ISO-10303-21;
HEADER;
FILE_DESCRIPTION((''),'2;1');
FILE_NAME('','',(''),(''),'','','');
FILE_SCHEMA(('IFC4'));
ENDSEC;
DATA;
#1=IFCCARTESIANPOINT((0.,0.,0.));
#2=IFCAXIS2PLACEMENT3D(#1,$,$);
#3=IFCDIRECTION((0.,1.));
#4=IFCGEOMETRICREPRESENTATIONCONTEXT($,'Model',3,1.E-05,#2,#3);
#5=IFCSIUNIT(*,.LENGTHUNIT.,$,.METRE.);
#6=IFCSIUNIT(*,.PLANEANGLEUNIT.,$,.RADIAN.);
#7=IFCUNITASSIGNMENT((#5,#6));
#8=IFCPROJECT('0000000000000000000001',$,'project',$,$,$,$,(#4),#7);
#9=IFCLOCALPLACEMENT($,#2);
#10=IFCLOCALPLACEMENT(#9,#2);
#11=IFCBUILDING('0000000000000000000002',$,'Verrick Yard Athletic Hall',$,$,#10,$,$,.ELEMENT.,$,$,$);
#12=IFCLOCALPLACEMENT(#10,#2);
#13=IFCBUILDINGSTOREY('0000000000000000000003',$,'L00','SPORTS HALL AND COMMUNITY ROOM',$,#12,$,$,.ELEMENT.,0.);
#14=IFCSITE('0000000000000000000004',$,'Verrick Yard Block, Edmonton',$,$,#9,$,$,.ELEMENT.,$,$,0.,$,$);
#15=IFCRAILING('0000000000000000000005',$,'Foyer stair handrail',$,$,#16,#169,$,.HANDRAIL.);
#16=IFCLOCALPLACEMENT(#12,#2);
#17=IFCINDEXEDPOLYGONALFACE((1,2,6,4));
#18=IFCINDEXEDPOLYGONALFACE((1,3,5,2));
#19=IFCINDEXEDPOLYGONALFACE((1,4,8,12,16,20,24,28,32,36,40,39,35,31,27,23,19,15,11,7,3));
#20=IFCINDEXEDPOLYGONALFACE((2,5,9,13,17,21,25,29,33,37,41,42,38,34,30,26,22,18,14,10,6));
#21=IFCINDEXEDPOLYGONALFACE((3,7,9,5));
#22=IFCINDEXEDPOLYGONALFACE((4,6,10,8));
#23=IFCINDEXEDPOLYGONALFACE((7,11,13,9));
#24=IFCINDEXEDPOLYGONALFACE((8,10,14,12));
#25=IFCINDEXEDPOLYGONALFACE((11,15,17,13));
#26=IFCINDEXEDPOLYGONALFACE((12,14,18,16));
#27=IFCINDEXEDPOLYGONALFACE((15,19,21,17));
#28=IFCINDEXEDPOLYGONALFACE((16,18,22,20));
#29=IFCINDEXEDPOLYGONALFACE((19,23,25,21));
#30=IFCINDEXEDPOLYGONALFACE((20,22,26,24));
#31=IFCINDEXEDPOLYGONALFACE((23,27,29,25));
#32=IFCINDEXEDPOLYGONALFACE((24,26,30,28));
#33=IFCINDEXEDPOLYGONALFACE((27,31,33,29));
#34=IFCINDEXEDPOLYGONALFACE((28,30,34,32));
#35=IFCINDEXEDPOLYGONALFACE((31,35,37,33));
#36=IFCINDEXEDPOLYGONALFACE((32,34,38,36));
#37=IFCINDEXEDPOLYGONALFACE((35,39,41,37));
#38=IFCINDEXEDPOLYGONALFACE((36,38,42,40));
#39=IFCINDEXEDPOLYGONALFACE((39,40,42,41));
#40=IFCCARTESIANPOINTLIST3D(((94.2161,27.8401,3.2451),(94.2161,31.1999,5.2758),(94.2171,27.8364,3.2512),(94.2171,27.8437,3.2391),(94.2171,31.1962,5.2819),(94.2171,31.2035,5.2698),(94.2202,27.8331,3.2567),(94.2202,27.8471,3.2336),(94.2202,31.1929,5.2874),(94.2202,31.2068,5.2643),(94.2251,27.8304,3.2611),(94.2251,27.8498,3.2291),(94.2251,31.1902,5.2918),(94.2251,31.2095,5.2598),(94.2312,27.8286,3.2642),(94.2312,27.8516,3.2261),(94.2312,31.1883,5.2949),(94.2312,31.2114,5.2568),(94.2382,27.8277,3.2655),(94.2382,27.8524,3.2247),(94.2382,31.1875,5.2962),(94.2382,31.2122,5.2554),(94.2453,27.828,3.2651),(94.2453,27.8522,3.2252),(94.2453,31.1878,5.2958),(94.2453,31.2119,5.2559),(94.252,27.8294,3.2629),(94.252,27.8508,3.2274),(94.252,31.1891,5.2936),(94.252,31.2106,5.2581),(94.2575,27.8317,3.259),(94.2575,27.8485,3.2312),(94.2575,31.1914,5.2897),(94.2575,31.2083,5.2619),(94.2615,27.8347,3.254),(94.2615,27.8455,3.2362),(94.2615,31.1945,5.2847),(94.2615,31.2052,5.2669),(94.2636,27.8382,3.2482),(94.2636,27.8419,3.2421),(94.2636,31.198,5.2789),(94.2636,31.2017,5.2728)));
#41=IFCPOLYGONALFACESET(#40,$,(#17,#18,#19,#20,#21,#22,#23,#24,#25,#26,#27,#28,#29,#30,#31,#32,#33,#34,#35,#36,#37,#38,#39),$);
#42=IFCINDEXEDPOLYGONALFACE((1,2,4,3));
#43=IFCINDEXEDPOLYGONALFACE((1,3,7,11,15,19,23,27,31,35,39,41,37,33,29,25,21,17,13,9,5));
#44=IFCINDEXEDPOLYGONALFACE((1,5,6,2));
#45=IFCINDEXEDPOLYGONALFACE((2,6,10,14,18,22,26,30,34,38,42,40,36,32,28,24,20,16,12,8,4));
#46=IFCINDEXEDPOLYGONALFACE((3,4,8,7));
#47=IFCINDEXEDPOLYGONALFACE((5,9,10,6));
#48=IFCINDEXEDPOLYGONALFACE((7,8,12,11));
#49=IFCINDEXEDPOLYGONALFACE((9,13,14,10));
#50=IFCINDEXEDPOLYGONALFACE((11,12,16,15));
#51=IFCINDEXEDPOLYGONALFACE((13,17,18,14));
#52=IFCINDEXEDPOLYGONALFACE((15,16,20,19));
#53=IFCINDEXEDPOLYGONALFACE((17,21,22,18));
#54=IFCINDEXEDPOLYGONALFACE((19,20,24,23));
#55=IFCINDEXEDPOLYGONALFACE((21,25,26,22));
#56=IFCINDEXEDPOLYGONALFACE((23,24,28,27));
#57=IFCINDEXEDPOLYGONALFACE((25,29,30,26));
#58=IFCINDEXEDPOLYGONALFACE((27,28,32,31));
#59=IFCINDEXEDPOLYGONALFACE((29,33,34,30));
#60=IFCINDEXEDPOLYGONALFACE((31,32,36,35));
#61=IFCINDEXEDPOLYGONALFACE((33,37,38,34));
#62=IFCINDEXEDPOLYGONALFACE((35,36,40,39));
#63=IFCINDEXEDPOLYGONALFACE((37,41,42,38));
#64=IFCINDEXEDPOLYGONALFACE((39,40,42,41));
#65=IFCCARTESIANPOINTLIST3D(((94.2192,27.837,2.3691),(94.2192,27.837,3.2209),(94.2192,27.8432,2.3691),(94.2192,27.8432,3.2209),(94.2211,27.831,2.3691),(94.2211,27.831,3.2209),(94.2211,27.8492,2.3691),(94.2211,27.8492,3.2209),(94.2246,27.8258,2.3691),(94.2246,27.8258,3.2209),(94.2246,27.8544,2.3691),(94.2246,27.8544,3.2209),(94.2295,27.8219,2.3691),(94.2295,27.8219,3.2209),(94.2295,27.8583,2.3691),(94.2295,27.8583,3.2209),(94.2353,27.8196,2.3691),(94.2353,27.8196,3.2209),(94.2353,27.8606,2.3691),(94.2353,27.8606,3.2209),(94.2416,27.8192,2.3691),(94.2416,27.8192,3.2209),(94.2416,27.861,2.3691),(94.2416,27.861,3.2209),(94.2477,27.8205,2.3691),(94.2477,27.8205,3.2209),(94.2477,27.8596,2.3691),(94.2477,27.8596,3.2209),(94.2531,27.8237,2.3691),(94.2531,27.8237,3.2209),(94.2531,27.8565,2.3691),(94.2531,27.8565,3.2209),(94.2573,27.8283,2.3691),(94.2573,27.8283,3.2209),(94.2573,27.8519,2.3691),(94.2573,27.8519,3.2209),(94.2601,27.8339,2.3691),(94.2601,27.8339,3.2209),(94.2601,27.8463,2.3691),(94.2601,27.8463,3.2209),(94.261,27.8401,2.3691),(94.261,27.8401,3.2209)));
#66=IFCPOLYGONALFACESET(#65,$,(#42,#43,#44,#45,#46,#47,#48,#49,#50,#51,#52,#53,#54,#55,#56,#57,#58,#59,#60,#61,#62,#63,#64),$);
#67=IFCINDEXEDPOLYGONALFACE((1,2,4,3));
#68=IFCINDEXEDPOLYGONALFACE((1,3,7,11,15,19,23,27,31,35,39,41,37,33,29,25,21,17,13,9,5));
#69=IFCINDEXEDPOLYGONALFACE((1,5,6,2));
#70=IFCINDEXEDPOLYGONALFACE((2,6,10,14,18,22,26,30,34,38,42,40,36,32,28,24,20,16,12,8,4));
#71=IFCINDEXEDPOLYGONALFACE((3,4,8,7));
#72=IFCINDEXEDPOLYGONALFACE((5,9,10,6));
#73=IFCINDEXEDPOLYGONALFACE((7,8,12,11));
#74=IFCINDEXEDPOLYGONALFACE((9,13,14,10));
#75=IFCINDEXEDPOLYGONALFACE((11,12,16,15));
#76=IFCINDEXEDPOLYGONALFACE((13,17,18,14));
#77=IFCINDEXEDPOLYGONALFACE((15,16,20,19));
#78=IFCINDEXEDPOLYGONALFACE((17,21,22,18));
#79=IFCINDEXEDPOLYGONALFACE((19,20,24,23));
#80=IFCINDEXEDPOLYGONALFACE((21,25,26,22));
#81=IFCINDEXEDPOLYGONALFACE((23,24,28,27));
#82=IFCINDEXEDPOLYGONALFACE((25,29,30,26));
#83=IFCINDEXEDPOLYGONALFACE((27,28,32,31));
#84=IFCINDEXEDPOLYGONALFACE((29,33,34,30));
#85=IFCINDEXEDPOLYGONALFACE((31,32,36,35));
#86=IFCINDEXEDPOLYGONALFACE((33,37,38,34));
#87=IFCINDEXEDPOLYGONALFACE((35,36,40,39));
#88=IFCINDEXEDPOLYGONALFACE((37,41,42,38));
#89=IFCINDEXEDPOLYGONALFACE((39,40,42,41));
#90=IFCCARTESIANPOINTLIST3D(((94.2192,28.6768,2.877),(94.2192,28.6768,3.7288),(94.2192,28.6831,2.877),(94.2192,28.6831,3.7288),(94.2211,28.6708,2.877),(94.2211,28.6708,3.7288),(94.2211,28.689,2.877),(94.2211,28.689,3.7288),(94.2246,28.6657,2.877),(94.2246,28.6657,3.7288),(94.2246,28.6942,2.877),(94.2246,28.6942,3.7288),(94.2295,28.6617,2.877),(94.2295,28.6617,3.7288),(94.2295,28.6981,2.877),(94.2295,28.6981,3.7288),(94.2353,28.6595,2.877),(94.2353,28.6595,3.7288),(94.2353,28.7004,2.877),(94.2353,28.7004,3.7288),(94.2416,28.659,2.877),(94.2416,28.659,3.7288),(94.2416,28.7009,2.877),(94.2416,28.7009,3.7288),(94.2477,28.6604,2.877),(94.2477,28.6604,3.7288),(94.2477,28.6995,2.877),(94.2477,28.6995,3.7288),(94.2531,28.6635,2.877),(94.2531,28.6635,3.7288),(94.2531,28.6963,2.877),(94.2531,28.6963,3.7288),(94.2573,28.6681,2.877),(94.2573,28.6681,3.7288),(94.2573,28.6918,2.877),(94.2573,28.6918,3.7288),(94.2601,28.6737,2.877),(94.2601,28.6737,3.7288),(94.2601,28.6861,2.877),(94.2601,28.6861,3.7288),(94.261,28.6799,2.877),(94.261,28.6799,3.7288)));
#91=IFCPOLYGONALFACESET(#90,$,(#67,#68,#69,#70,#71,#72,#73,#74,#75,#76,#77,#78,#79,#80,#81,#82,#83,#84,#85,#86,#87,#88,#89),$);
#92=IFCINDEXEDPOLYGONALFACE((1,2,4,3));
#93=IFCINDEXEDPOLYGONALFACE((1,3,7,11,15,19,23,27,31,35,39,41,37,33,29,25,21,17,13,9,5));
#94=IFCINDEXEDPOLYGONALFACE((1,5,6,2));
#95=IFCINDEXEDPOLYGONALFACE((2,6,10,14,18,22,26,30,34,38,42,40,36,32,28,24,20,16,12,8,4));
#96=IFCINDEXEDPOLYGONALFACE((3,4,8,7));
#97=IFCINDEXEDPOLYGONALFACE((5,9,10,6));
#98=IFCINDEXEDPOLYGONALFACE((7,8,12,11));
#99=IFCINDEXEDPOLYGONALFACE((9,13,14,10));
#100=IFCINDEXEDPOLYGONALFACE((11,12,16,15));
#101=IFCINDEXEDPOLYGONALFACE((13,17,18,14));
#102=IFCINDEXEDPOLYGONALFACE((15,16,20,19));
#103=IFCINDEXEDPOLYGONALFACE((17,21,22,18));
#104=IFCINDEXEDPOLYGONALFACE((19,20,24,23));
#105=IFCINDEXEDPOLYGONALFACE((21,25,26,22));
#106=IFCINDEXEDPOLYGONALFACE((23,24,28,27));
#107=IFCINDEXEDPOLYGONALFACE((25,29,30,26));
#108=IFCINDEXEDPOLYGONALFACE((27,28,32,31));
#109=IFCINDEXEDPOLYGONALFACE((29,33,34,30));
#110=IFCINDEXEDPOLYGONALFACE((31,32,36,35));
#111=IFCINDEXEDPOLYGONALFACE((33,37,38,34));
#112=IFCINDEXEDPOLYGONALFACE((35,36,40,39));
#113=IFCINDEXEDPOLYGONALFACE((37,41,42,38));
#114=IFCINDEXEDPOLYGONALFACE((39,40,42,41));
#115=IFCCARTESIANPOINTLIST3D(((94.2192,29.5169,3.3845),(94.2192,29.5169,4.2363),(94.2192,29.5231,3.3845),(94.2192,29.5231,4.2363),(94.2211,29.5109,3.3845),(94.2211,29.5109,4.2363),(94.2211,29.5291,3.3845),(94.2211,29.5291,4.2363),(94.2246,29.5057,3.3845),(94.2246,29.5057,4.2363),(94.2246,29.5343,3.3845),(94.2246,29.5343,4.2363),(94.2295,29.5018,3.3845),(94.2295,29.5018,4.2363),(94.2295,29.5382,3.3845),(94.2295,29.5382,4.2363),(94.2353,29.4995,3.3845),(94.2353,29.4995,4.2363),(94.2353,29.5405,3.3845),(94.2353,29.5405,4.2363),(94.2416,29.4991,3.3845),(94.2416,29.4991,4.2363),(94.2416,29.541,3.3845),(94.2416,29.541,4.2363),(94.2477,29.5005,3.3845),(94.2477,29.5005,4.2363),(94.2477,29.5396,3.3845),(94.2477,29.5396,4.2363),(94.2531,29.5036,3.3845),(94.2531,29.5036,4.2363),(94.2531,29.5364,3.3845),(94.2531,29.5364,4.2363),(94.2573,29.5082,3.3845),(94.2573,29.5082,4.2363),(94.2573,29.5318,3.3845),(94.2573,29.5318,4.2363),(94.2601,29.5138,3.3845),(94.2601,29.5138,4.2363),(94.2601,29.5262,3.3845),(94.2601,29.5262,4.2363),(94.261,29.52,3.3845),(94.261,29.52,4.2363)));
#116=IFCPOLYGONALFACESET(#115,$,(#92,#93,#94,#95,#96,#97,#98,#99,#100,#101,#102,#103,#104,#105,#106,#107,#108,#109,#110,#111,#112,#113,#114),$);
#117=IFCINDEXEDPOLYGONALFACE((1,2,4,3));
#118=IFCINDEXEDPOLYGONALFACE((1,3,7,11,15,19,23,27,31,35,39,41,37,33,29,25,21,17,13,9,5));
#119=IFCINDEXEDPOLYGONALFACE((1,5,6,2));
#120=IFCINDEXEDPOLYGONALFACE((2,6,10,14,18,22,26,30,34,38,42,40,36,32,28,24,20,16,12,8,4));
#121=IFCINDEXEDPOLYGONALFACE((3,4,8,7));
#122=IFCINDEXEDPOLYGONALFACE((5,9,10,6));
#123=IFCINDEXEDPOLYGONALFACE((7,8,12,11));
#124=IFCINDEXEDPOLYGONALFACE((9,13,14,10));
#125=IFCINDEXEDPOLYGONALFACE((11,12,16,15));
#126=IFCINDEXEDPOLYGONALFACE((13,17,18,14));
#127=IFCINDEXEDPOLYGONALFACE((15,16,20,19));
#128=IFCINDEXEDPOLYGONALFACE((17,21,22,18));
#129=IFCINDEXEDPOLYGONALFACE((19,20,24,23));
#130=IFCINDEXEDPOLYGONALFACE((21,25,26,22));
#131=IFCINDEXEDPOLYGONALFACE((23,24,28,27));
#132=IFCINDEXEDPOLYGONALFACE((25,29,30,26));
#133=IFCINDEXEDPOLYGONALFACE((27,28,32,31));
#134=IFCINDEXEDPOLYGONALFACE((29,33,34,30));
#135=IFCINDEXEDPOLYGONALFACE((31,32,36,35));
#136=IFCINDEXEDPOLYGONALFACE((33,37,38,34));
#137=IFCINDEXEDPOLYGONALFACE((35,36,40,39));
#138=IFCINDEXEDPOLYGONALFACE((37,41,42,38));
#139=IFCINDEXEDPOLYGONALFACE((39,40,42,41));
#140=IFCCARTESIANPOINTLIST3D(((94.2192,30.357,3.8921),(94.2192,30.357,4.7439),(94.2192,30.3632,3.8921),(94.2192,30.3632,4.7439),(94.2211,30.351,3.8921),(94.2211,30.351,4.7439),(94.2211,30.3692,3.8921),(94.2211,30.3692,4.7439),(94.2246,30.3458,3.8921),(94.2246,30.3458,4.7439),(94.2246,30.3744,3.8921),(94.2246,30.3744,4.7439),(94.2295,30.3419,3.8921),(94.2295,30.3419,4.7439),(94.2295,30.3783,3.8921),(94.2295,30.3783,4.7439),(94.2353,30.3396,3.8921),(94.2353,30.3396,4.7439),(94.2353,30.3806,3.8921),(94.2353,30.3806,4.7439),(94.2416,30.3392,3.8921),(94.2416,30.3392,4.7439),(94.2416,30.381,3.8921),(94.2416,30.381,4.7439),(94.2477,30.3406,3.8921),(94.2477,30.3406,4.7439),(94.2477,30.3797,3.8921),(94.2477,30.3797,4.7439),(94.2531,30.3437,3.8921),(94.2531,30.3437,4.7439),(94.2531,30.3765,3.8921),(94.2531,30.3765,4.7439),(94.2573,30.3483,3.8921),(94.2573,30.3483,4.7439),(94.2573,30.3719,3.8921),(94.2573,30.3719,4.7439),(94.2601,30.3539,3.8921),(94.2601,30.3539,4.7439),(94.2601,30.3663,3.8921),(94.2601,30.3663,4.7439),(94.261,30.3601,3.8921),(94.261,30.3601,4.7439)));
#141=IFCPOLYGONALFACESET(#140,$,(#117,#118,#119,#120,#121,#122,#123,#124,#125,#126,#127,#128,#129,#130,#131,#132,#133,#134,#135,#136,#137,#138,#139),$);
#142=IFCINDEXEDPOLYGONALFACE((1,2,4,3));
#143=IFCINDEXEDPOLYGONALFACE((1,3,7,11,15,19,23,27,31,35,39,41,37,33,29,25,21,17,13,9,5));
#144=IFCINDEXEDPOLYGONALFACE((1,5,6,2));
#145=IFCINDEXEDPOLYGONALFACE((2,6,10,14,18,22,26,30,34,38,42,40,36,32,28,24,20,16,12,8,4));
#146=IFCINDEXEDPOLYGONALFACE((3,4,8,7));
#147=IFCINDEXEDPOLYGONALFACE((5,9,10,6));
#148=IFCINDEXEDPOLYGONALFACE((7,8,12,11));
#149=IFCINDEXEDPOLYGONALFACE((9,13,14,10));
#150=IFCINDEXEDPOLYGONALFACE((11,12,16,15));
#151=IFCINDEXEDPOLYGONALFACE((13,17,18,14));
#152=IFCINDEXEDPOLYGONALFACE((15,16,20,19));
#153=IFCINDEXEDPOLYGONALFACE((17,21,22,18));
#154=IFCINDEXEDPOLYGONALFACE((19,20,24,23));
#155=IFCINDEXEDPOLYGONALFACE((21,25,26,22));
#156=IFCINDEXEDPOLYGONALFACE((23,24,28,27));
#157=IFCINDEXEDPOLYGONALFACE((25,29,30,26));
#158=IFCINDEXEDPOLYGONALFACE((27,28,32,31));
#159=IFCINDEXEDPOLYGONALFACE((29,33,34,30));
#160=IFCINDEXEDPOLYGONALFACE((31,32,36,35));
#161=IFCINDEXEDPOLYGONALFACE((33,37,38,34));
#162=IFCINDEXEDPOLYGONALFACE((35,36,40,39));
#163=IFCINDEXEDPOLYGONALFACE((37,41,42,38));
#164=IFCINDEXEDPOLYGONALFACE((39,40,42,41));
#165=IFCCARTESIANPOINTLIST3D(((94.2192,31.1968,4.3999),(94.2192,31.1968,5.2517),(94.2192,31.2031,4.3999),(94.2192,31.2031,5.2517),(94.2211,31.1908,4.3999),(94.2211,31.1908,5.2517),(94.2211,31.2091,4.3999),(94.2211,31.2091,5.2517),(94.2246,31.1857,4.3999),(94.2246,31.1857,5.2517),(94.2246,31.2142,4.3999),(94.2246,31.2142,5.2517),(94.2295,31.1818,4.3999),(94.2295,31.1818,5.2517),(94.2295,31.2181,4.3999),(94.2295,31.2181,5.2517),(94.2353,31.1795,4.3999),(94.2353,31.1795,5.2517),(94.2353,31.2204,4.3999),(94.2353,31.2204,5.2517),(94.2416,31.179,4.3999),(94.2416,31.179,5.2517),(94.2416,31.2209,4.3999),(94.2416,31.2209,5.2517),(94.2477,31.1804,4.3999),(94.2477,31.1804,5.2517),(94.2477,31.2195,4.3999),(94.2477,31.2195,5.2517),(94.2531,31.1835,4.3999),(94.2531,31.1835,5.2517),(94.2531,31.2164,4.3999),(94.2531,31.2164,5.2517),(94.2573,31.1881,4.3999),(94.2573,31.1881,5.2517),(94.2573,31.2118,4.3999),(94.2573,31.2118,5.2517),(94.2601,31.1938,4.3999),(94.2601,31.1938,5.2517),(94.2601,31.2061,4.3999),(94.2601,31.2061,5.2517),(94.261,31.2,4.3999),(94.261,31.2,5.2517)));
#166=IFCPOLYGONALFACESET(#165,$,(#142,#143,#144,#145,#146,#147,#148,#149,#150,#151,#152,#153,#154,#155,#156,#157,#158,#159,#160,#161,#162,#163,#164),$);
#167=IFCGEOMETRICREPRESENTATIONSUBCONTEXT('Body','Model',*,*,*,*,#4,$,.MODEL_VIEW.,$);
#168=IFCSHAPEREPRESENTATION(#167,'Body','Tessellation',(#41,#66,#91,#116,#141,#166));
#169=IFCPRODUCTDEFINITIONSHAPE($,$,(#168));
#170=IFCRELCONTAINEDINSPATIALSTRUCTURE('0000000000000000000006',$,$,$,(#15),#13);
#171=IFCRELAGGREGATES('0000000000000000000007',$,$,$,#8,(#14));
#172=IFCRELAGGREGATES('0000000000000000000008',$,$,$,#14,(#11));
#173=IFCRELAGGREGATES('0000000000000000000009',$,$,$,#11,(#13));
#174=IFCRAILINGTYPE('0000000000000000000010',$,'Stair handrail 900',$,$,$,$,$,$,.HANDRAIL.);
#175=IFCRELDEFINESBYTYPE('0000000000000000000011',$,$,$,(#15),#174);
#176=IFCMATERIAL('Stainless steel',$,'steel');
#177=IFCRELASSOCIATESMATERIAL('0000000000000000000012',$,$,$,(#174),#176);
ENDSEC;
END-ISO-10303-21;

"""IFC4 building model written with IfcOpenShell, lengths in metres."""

from ifc_helpers import new_model, si_unit, direction, frame, origin, origin_2d, place, context, subcontext, project, spatial, circle, extrude, material, type_object, element, save


model = new_model("IFC4")

# Units and contexts
model_context = context("Model", 3, precision=1e-05, world=origin(), true_north=direction((0.0, 1.0)))
body_context = subcontext(model_context, "Body", "Model", "MODEL_VIEW")
ifc_project = project(units=[si_unit("LENGTHUNIT", "METRE"), si_unit("PLANEANGLEUNIT", "RADIAN")], contexts=[model_context])

# Site, building, storey
site_placement = place(None, origin())
site = spatial("IfcSite", under=ifc_project, at=site_placement, Name="Verrick Yard Block, Edmonton", CompositionType="ELEMENT", RefElevation=0.0)
building_placement = place(site_placement, origin())
building = spatial("IfcBuilding", under=site, at=building_placement, Name="Verrick Yard Athletic Hall", CompositionType="ELEMENT")
storey_placement = place(building_placement, origin())
storey = spatial("IfcBuildingStorey", under=building, at=storey_placement, Name="L00", Description="SPORTS HALL AND COMMUNITY ROOM", CompositionType="ELEMENT", Elevation=0.0)

# Railing
ifc_material_1 = material(Name="Stainless steel", Category="steel")
railing_type_1 = type_object("IfcRailingType", Name="Stair handrail 900", PredefinedType="HANDRAIL", material=ifc_material_1)
for number, where, name in (
    (1, (94.24, 27.8401, 2.3691), "Foyer stair handrail"),
):
    element("IfcRailing", number, at=place(storey_placement, frame(where)), inside=storey, type_object=railing_type_1, Name=name, PredefinedType="HANDRAIL", context=body_context, shape_type="SweptSolid", body=[
        extrude(circle(Radius=0.0239, at=origin_2d()), frame((0.0, 0.0, 0.876), z_axis=(0.0, 0.85582, 0.517273), x_axis=(-1.0, 0.0, 0.0)), (0.0, 0.0, 1.0), 3.9258),
        extrude(circle(Radius=0.021, at=origin_2d()), origin(), (0.0, 0.0, 1.0), 0.8518),
        extrude(circle(Radius=0.021, at=origin_2d()), frame((0.0, 0.8398, 0.5078)), (0.0, 0.0, 1.0), 0.8518),
        extrude(circle(Radius=0.021, at=origin_2d()), frame((0.0, 1.6799, 1.0154)), (0.0, 0.0, 1.0), 0.8518),
        extrude(circle(Radius=0.021, at=origin_2d()), frame((0.0, 2.52, 1.5229)), (0.0, 0.0, 1.0), 0.8518),
        extrude(circle(Radius=0.021, at=origin_2d()), frame((0.0, 3.3599, 2.0308)), (0.0, 0.0, 1.0), 0.8518),
    ])

save(model, "model.ifc")
